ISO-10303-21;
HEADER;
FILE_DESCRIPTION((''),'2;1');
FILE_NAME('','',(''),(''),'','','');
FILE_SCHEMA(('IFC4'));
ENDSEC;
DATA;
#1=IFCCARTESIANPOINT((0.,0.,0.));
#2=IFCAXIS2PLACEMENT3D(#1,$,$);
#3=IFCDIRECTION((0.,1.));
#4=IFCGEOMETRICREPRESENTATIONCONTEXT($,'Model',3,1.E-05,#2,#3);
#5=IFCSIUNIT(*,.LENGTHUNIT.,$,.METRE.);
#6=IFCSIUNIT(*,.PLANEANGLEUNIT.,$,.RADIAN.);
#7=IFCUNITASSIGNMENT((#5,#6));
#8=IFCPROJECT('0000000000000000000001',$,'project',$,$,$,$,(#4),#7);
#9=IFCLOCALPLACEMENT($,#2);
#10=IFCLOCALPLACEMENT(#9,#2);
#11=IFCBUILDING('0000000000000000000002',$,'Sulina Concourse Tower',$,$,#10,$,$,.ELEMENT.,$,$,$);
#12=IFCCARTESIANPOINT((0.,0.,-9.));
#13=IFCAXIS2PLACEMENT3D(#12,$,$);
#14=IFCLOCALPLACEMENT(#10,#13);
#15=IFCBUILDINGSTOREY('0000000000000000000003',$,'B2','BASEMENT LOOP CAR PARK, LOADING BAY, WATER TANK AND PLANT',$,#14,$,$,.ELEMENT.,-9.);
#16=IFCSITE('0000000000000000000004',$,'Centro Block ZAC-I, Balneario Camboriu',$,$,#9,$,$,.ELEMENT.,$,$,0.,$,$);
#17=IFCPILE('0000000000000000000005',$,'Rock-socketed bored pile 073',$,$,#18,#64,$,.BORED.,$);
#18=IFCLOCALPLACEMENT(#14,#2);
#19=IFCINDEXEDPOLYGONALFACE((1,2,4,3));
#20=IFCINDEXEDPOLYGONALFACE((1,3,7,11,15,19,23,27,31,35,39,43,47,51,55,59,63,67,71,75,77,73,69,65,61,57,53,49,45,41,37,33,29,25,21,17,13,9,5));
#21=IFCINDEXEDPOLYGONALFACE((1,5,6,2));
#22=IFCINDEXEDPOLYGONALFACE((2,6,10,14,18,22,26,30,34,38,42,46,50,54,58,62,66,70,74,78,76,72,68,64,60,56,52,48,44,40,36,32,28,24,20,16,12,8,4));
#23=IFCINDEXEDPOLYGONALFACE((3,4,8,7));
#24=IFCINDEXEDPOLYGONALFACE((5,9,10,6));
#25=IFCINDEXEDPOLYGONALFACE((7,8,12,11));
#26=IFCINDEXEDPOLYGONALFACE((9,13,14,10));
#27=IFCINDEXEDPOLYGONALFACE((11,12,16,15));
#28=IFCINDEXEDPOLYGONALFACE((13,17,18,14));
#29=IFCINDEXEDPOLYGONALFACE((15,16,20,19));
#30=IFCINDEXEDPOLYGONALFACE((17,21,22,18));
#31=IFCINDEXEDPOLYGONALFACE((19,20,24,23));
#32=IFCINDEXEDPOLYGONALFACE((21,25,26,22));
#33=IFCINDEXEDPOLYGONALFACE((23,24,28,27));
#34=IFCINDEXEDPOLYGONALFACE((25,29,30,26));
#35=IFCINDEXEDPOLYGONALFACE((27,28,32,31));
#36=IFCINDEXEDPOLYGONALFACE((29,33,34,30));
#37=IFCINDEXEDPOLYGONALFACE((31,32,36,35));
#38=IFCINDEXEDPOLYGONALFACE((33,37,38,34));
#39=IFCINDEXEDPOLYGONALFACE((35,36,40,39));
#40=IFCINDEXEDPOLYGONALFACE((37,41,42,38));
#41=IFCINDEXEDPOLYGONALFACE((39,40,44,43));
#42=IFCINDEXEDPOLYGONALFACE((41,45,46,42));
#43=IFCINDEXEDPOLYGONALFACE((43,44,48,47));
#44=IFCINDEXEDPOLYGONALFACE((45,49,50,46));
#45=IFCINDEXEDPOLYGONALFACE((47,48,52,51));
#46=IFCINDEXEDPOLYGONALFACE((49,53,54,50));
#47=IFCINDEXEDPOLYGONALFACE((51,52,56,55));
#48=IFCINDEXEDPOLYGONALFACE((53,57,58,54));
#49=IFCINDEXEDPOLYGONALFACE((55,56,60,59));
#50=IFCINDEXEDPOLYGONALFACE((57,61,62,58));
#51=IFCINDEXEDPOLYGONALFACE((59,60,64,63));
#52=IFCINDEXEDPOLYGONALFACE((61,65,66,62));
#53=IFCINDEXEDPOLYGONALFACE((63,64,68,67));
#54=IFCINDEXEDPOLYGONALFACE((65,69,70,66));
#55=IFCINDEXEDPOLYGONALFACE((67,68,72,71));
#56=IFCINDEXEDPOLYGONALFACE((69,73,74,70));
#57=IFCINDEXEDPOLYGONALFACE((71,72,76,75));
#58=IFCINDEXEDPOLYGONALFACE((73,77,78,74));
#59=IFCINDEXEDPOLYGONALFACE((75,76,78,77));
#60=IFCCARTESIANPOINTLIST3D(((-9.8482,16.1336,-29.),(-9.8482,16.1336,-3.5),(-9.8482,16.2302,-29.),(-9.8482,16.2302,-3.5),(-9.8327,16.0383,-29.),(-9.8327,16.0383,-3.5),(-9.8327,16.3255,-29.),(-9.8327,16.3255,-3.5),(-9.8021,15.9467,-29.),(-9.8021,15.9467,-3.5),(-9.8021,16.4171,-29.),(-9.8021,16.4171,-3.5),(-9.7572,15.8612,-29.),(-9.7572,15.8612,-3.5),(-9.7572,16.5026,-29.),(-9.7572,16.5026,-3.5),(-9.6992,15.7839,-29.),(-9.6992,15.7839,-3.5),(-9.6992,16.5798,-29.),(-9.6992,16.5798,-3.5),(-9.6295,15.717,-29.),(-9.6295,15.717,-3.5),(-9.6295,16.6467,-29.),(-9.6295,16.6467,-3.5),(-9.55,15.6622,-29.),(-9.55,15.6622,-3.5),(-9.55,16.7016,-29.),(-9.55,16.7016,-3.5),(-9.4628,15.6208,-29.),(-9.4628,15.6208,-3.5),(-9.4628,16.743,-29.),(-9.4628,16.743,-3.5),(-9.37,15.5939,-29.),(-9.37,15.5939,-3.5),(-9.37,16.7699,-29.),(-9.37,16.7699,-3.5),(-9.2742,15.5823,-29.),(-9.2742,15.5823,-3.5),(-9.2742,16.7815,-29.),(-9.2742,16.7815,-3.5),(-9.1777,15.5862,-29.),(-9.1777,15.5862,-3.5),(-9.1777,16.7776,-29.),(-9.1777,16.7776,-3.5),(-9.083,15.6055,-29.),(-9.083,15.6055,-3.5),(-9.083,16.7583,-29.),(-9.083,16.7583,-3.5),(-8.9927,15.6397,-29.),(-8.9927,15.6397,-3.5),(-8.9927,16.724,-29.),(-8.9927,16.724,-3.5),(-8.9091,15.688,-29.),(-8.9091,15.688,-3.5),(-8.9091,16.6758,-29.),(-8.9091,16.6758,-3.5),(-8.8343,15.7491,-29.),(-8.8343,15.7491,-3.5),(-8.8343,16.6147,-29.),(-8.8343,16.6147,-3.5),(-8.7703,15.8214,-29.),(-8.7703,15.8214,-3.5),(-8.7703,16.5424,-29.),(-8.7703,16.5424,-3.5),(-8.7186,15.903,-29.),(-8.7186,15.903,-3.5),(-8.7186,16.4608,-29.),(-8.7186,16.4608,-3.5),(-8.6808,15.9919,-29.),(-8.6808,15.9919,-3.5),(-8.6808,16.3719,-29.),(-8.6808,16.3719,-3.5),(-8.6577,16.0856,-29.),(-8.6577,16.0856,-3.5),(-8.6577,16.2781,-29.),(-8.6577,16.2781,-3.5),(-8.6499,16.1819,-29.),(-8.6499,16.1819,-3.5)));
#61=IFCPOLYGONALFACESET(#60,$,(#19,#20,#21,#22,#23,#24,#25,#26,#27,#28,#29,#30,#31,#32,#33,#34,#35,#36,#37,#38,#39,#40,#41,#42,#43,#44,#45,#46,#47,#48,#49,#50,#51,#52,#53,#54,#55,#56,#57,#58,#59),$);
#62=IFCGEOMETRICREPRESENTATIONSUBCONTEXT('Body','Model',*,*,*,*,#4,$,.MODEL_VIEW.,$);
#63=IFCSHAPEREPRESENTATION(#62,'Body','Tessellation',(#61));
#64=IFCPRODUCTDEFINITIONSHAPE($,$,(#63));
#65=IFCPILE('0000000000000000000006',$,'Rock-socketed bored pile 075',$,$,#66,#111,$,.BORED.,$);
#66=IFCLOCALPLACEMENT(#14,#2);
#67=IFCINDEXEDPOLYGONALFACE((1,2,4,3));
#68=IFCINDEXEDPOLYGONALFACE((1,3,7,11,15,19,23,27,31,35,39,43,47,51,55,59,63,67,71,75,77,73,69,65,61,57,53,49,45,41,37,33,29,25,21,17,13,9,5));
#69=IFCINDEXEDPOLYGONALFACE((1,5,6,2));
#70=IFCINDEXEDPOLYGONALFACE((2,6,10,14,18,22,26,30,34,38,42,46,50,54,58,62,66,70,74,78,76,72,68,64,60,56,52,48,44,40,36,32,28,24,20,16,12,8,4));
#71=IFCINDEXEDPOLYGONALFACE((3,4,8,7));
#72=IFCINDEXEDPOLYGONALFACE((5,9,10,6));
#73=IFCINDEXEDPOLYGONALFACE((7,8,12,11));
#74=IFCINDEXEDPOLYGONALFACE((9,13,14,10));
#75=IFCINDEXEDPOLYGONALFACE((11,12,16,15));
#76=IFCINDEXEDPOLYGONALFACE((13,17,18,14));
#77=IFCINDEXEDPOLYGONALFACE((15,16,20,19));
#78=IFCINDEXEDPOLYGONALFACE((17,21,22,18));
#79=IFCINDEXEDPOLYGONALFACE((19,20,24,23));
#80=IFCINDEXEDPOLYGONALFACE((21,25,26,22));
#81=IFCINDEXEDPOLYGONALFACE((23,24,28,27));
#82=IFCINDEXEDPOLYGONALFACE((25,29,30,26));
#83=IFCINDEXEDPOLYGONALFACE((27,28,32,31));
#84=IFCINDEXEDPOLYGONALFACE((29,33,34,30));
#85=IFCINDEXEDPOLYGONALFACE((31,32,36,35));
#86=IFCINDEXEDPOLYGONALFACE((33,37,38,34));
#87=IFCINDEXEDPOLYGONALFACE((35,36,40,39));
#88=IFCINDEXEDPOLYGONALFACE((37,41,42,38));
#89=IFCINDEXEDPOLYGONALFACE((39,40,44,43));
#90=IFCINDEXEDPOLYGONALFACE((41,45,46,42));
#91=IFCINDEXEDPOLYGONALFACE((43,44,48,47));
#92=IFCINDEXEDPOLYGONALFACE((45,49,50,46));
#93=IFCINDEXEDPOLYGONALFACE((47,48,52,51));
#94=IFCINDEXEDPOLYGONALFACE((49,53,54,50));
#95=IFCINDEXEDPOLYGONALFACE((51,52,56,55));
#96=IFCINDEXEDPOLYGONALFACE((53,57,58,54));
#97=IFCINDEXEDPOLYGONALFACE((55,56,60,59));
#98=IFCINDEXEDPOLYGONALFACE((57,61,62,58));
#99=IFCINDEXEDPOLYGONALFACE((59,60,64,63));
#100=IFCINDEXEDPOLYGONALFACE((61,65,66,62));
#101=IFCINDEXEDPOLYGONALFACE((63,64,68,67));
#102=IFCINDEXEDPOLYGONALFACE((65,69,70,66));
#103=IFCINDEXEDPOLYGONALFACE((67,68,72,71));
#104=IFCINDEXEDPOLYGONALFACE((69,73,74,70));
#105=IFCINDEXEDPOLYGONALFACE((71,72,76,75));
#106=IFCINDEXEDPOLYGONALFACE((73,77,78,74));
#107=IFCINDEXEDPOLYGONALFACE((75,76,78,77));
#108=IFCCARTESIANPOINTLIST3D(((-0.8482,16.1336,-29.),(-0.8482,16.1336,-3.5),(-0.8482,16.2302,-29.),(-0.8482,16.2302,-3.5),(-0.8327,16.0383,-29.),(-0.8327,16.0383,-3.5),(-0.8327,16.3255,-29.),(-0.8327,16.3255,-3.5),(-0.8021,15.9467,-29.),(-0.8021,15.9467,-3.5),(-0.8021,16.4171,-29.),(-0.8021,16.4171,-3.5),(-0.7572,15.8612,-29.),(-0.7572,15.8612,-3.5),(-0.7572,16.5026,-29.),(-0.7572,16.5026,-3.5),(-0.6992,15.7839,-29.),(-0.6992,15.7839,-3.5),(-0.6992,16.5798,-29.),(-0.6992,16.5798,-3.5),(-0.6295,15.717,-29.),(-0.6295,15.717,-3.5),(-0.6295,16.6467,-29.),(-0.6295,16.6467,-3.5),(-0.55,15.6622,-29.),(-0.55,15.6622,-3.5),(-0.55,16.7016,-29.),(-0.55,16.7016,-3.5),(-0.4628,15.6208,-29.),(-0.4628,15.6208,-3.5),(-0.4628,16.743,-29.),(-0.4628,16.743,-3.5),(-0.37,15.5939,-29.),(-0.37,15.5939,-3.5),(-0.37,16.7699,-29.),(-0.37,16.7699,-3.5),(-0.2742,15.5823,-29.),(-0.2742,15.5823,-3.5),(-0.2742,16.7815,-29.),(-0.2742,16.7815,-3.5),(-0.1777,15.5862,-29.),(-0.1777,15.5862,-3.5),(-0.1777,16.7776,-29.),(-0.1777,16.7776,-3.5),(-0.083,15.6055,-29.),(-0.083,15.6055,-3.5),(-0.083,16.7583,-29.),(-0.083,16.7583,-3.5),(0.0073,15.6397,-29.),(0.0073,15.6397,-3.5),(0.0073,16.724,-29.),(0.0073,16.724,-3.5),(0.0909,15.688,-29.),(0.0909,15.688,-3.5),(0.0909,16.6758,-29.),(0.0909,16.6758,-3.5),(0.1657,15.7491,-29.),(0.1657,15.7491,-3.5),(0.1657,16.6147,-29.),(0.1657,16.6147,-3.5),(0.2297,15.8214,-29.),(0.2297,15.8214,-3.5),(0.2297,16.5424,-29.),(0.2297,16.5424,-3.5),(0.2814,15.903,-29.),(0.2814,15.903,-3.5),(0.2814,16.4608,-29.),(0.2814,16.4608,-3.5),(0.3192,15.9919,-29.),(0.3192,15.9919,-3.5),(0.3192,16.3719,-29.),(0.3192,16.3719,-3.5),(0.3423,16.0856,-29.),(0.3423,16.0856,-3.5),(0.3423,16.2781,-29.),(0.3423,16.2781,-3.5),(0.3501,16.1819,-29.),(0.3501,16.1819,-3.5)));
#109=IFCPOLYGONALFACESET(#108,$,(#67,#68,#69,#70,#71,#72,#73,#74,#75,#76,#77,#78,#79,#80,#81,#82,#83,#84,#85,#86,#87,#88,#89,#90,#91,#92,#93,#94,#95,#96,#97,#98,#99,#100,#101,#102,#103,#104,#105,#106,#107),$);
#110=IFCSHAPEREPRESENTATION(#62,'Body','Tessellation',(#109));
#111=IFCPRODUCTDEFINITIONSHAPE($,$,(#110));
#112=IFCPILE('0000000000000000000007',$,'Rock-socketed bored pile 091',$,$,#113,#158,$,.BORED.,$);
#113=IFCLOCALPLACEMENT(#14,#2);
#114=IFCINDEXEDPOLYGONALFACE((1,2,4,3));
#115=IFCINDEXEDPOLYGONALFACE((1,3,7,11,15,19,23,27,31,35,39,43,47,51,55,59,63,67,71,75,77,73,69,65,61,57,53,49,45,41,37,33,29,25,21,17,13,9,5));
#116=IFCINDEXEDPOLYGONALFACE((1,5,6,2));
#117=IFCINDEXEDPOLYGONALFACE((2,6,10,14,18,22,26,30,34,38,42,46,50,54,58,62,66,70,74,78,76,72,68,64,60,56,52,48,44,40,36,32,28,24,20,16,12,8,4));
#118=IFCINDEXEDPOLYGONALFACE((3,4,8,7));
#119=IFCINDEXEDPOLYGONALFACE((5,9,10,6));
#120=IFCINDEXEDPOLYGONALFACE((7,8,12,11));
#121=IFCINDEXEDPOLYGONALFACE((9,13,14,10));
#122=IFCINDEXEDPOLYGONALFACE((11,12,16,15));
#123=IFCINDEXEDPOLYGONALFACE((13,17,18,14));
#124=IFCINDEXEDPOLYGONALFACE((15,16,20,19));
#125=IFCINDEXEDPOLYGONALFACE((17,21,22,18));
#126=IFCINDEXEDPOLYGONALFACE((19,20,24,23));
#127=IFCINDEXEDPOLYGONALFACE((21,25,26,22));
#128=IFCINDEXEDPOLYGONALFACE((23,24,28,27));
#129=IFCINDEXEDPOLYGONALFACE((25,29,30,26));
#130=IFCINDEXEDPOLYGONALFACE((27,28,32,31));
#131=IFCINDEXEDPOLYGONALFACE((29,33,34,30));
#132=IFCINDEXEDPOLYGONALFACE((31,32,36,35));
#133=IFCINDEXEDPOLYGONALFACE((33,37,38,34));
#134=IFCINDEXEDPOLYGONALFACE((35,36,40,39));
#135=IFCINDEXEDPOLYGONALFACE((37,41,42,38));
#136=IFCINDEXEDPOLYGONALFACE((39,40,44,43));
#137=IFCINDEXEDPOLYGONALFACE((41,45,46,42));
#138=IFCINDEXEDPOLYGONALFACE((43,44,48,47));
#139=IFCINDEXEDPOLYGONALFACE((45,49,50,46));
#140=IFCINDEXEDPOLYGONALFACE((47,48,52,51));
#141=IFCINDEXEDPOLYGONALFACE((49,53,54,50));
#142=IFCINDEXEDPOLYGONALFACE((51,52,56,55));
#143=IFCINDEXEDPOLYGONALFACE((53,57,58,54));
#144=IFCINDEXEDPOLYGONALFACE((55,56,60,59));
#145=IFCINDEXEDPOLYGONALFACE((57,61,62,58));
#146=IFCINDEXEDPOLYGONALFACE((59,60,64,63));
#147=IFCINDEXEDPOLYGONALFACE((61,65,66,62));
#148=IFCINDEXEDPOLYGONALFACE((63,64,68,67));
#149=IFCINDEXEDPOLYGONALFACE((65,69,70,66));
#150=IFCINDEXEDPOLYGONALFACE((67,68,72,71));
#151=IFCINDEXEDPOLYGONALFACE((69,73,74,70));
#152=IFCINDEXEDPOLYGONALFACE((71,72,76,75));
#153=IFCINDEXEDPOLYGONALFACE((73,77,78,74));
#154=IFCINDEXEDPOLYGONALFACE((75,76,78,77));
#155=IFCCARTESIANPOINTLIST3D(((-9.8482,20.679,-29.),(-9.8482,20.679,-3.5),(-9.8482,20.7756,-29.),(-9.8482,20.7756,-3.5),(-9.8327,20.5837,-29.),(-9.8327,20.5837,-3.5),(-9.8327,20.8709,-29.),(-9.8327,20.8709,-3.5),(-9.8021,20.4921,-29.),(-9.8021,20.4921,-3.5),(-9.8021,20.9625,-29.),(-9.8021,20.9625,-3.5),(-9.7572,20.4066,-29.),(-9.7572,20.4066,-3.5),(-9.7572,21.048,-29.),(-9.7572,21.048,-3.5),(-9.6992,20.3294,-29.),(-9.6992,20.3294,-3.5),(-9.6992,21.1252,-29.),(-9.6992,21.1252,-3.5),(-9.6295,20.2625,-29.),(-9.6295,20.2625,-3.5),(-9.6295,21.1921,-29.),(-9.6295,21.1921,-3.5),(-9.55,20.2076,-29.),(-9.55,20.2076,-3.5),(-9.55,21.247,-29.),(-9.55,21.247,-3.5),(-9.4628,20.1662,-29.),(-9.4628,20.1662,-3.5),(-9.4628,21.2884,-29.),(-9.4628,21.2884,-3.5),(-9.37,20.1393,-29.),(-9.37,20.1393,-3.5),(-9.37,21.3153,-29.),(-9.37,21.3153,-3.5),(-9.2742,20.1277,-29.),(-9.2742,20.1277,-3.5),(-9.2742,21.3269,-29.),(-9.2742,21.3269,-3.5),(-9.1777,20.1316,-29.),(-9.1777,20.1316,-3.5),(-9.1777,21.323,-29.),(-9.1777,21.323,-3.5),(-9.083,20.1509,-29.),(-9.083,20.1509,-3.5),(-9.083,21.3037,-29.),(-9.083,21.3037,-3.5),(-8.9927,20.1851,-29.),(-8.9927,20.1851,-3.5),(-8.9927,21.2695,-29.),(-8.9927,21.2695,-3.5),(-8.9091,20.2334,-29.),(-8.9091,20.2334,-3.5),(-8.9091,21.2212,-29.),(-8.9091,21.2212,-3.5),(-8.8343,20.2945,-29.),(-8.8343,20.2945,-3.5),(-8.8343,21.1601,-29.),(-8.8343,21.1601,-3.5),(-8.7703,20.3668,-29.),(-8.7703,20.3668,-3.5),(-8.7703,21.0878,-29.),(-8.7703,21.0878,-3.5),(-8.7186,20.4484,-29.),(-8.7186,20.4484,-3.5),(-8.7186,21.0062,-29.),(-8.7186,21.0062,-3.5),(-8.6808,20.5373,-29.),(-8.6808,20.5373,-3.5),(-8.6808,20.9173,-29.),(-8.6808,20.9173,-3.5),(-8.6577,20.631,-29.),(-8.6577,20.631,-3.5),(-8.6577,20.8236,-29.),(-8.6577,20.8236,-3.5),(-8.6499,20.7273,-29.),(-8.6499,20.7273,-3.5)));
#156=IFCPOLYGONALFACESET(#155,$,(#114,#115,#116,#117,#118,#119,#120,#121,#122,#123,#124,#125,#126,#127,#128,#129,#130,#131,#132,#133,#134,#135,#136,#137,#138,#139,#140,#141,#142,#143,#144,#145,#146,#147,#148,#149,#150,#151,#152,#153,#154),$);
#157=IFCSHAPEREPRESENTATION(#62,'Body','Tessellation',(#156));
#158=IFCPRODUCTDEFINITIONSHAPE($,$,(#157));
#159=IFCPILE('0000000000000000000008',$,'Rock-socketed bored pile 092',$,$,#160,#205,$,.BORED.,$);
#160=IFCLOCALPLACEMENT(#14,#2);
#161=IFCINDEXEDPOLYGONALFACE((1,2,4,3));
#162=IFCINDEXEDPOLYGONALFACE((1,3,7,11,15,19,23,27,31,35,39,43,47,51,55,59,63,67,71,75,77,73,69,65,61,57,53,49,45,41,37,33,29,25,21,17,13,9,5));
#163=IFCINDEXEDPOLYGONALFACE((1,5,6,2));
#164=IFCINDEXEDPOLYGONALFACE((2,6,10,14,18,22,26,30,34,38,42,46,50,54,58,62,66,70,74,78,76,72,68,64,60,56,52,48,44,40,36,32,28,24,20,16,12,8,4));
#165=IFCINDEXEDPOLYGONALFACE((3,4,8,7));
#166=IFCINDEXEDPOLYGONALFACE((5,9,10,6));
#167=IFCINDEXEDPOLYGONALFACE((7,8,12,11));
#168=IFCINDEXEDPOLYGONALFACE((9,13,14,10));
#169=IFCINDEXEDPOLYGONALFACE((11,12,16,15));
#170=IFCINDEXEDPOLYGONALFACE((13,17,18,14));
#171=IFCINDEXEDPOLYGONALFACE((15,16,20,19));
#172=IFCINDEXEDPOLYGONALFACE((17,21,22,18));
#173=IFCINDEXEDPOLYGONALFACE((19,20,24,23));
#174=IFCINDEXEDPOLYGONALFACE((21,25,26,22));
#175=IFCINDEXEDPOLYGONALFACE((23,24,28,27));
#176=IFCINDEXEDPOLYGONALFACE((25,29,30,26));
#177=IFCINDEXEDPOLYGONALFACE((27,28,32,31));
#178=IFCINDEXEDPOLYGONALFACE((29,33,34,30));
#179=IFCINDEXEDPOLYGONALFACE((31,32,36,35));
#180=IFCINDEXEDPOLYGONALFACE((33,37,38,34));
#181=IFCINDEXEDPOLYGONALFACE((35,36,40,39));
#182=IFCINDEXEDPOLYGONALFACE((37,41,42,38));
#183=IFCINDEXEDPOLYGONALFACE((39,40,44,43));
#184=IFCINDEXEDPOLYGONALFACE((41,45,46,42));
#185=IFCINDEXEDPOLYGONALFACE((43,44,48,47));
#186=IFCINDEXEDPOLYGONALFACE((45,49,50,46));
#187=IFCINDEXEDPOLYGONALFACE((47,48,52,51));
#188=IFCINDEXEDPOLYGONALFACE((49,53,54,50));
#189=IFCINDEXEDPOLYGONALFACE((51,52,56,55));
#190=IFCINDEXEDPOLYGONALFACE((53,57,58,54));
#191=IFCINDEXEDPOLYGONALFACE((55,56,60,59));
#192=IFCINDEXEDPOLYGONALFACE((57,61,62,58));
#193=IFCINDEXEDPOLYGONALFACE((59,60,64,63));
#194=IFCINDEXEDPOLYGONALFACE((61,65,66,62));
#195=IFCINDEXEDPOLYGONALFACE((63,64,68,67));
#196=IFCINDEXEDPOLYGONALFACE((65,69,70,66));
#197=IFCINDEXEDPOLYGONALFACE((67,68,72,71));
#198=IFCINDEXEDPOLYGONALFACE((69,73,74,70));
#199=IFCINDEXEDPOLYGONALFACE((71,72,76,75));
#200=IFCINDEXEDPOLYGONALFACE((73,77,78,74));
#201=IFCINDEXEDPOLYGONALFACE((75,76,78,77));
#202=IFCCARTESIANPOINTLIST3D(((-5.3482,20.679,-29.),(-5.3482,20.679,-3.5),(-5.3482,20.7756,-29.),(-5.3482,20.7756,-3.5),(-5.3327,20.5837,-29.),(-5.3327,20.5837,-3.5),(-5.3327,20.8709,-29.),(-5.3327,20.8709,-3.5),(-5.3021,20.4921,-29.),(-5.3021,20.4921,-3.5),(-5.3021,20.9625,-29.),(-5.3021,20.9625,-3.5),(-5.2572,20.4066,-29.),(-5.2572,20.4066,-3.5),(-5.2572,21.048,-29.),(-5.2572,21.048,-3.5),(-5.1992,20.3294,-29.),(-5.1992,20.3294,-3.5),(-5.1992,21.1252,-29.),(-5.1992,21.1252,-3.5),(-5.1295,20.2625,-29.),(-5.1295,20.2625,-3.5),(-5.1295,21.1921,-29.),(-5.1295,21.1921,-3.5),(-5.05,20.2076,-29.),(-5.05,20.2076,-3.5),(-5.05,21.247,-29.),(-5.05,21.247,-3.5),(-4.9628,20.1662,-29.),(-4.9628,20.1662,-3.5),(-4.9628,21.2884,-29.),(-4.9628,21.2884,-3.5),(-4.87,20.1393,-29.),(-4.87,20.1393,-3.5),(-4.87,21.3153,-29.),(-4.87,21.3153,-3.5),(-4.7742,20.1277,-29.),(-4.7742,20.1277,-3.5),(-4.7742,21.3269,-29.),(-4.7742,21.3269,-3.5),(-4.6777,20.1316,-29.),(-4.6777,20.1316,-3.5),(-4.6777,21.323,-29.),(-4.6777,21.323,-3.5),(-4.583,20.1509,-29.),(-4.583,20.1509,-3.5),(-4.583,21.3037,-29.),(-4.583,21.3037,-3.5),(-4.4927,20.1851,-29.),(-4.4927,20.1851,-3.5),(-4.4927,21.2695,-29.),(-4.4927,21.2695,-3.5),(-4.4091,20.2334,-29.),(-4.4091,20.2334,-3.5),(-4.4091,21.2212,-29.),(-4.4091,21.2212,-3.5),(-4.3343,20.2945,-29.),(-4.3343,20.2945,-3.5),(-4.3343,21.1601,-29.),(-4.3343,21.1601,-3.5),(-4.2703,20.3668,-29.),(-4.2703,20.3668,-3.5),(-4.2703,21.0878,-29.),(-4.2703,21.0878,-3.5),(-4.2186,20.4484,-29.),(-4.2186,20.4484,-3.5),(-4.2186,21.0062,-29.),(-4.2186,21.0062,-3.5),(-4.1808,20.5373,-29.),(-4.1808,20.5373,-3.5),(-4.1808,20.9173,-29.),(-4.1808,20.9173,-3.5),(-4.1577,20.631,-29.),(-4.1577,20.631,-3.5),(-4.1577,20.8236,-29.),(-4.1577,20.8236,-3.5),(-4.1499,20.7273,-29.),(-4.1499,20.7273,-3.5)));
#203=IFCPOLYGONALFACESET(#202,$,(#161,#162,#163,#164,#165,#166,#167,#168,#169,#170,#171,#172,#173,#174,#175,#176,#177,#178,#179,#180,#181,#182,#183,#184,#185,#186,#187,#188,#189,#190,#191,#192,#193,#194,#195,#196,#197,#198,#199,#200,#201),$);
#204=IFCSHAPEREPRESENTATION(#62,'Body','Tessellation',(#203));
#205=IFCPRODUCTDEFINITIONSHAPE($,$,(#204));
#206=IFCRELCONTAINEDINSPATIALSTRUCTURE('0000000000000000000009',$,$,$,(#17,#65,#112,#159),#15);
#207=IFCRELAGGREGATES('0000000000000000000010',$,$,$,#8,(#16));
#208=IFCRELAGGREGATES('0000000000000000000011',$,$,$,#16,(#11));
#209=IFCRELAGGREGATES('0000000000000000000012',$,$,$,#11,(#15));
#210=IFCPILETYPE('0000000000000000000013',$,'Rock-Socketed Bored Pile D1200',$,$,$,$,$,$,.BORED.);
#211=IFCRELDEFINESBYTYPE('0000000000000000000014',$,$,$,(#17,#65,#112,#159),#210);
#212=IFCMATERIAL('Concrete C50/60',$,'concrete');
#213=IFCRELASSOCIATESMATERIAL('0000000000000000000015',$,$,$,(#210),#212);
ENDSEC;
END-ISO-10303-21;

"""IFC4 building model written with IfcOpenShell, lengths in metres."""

from ifc_helpers import new_model, si_unit, direction, frame, origin, origin_2d, place, context, subcontext, project, spatial, circle, extrude, material, material_profile, profile_set, type_object, element, save


model = new_model("IFC4")

# Units and contexts
model_context = context("Model", 3, precision=1e-05, world=origin(), true_north=direction((0.0, 1.0)))
body_context = subcontext(model_context, "Body", "Model", "MODEL_VIEW")
ifc_project = project(units=[si_unit("LENGTHUNIT", "METRE"), si_unit("PLANEANGLEUNIT", "RADIAN")], contexts=[model_context])

# Site, building, storey
site_placement = place(None, origin())
site = spatial("IfcSite", under=ifc_project, at=site_placement, Name="Centro Block ZAC-I, Balneario Camboriu", CompositionType="ELEMENT", RefElevation=0.0)
building_placement = place(site_placement, origin())
building = spatial("IfcBuilding", under=site, at=building_placement, Name="Sulina Concourse Tower", CompositionType="ELEMENT")
storey_placement = place(building_placement, frame((0.0, 0.0, -9.0)))
storey = spatial("IfcBuildingStorey", under=building, at=storey_placement, Name="B2", Description="BASEMENT LOOP CAR PARK, LOADING BAY, WATER TANK AND PLANT", CompositionType="ELEMENT", Elevation=-9.0)

# Piles
ifc_material_1 = material(Name="Concrete C50/60", Category="concrete")
ifc_material_profile_1 = material_profile(ifc_material_1, circle(Radius=0.6001, at=origin_2d()), Name="PILE D1200")
ifc_profile_set_1 = profile_set([ifc_material_profile_1], Name="Concrete C50/60")
pile_type_1 = type_object("IfcPileType", Name="Rock-Socketed Bored Pile D1200", PredefinedType="BORED", material=ifc_profile_set_1)
for number, where, z_axis, x_axis, name in (
    (1, (-9.25, 16.1819, -3.5), (0.0, 0.0, -1.0), (1.0, 0.0, 0.0), "Rock-socketed bored pile 073"),
    (2, (-0.25, 16.1819, -3.5), (0.0, 0.0, -1.0), (1.0, 0.0, 0.0), "Rock-socketed bored pile 075"),
    (3, (-9.25, 20.7273, -3.5), (0.0, 0.0, -1.0), (1.0, 0.0, 0.0), "Rock-socketed bored pile 091"),
    (4, (-4.75, 20.7273, -3.5), (0.0, 0.0, -1.0), (1.0, 0.0, 0.0), "Rock-socketed bored pile 092"),
):
    element("IfcPile", number, at=place(storey_placement, frame(where, z_axis=z_axis, x_axis=x_axis)), inside=storey, type_object=pile_type_1, Name=name, PredefinedType="BORED", context=body_context, shape_type="SweptSolid", body=[
        extrude(circle(Radius=0.6001, at=origin_2d()), origin(), (0.0, 0.0, 1.0), 25.5),
    ])

save(model, "model.ifc")
